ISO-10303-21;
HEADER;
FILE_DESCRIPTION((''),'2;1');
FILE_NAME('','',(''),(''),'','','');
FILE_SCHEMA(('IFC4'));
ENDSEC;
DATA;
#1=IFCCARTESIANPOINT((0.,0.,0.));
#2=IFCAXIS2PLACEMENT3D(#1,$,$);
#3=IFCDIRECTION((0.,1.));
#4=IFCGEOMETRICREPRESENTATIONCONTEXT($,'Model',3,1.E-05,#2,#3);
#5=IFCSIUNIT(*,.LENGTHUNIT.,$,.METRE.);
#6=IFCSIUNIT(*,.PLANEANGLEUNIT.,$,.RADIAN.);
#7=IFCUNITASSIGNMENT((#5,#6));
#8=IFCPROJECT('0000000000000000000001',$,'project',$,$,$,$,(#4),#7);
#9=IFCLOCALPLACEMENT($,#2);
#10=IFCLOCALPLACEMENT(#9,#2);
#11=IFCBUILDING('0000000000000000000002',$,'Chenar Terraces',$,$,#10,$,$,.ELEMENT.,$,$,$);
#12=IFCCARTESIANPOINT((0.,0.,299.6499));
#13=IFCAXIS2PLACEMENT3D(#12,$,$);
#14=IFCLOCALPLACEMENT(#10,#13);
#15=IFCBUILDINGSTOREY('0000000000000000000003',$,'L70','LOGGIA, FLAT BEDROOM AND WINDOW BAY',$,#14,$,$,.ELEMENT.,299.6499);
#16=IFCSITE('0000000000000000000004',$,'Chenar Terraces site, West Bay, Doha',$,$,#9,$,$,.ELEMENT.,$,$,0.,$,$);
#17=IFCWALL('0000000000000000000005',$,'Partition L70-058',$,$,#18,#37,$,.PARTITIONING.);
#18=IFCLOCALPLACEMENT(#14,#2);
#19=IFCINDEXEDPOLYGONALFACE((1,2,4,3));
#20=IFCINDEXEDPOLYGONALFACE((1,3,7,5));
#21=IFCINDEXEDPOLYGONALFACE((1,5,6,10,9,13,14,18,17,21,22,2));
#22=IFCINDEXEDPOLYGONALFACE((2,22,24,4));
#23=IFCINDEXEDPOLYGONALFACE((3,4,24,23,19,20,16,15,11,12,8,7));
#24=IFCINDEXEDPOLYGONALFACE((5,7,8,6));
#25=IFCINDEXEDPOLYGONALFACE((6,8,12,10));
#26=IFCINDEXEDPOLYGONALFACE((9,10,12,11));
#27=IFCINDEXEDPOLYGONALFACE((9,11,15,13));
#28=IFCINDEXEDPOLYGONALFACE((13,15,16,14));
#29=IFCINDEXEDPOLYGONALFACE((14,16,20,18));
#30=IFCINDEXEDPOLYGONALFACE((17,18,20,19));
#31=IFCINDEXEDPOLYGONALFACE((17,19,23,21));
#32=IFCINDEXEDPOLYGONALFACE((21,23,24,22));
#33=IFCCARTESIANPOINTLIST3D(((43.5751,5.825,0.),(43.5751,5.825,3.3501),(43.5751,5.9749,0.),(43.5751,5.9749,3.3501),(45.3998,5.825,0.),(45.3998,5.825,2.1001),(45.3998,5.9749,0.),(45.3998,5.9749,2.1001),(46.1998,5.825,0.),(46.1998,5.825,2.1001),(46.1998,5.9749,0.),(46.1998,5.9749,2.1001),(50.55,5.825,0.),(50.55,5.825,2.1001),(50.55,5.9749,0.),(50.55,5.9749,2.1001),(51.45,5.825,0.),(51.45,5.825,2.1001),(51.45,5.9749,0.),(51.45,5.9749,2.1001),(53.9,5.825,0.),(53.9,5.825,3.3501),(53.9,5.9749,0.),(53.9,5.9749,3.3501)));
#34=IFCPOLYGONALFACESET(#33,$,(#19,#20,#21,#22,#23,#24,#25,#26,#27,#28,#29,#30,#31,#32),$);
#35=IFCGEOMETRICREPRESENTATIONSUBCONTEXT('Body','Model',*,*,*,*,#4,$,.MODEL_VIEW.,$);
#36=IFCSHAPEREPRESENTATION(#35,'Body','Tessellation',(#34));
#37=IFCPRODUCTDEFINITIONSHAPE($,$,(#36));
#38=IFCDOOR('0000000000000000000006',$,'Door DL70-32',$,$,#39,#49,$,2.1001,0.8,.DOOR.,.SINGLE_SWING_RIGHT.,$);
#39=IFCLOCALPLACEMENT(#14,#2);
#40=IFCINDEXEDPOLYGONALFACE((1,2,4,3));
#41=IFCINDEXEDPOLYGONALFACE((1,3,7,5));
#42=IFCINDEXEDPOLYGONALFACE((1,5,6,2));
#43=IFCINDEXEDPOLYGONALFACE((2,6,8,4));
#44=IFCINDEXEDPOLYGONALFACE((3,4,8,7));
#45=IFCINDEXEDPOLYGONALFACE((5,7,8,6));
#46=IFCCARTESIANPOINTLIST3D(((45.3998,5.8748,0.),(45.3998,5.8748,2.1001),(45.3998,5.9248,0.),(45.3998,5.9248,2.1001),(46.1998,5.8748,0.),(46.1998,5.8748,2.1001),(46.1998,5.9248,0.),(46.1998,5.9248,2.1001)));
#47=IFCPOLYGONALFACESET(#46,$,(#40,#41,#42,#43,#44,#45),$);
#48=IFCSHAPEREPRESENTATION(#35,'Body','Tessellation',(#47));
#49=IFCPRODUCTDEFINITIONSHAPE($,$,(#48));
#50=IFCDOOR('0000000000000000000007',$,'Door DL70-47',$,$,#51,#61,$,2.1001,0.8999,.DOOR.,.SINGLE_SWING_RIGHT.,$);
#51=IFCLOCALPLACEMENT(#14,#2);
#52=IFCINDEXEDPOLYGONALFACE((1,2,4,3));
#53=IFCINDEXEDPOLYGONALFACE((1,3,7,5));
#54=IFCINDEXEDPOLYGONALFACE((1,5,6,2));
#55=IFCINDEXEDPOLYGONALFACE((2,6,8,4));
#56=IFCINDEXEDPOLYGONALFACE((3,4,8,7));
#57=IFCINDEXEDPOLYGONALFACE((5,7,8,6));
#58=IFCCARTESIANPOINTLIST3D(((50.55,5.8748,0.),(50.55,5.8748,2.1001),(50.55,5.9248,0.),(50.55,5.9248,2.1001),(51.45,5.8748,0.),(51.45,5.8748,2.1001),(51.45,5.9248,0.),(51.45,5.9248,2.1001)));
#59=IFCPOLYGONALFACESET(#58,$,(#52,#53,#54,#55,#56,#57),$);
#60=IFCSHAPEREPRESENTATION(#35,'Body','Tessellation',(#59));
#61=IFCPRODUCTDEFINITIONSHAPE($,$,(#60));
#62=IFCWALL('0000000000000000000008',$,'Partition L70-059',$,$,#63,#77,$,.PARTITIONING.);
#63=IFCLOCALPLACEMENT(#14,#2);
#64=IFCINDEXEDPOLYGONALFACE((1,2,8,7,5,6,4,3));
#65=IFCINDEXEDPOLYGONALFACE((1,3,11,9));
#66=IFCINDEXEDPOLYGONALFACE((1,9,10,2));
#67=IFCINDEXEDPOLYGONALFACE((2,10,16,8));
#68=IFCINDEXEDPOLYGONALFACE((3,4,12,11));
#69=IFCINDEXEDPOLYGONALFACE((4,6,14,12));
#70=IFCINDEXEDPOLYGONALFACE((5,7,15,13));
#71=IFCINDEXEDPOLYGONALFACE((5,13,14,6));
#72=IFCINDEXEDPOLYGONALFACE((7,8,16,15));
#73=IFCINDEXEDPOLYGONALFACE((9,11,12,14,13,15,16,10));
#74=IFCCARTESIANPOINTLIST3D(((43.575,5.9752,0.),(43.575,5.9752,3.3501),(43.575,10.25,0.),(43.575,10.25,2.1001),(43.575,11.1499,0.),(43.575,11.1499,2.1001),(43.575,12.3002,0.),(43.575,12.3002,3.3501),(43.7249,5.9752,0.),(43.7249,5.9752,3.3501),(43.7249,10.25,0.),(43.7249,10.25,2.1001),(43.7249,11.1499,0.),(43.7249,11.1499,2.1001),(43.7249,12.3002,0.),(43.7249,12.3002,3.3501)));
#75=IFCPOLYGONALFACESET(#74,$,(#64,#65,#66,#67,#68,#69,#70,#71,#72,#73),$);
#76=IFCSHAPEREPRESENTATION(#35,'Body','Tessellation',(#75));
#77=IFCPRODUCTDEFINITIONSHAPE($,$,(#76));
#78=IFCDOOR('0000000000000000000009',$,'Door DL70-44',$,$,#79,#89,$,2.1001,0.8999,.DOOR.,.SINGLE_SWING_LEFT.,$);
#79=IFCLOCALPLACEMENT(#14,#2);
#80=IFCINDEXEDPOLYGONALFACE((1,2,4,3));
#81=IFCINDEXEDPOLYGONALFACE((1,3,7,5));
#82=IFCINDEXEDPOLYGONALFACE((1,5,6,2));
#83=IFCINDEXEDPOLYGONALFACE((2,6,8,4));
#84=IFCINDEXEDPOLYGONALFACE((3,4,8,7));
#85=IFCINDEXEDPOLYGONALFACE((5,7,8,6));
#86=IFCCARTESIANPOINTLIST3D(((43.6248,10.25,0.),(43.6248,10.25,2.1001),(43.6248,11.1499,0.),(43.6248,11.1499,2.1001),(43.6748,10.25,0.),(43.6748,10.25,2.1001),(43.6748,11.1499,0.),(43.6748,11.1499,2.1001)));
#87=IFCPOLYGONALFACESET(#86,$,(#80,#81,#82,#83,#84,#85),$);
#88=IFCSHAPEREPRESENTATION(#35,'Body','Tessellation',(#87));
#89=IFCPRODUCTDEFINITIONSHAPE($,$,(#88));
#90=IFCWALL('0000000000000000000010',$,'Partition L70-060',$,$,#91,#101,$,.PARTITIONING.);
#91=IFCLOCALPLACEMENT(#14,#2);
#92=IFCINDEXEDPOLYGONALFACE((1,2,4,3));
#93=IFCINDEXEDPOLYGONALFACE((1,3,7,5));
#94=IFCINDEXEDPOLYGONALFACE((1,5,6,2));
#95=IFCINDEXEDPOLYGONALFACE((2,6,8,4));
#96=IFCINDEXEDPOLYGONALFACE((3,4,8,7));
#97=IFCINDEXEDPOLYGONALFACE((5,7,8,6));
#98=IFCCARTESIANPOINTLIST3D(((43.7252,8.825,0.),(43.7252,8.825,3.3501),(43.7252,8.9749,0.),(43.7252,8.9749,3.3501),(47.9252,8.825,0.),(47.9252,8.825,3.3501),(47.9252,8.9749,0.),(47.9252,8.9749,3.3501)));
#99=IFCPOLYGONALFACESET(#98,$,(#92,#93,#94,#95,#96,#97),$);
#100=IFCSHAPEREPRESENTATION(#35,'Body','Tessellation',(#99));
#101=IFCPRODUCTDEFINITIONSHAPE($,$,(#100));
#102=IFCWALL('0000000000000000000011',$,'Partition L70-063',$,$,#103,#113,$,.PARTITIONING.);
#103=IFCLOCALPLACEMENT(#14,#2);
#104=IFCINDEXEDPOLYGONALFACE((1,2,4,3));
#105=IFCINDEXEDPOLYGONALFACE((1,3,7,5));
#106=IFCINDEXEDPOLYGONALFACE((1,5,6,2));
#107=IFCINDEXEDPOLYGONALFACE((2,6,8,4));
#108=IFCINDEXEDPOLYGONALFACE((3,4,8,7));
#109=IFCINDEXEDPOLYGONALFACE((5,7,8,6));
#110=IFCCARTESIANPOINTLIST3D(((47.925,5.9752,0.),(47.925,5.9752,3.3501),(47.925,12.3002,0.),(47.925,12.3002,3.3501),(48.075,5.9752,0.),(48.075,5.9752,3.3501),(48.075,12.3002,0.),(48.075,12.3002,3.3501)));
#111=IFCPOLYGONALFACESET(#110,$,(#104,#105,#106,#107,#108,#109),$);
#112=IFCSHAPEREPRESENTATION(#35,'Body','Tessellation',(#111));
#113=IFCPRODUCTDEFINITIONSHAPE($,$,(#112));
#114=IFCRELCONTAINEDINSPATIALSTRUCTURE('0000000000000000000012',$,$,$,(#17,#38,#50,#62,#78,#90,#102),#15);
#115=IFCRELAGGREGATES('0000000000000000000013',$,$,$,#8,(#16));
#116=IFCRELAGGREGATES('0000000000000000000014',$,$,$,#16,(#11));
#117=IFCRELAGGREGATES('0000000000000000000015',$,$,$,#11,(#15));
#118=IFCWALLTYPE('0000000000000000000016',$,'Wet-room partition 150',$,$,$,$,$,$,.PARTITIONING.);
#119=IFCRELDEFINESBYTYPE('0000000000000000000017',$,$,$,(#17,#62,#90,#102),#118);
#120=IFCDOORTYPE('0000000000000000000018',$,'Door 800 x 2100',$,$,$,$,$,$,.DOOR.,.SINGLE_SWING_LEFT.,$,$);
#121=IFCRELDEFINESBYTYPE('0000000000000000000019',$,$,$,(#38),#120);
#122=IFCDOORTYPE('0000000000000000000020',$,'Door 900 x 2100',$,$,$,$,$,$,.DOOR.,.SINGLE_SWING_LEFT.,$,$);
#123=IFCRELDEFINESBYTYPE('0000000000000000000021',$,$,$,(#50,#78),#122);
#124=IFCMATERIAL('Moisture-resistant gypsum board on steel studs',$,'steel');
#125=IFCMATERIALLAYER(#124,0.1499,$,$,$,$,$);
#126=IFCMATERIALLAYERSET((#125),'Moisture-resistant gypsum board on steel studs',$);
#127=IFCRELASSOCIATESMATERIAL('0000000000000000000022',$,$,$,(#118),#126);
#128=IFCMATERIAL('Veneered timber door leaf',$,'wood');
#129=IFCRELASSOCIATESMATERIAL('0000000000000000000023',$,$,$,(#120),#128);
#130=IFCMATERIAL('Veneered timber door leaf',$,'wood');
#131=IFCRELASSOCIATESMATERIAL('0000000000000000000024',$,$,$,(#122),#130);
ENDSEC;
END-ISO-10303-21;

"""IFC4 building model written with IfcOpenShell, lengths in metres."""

from ifc_helpers import new_model, si_unit, direction, frame, frame_2d, origin, place, context, subcontext, project, spatial, rectangle, extrude, material, layer, layer_set, type_object, element, fill, save


model = new_model("IFC4")

# Units and contexts
model_context = context("Model", 3, precision=1e-05, world=origin(), true_north=direction((0.0, 1.0)))
body_context = subcontext(model_context, "Body", "Model", "MODEL_VIEW")
ifc_project = project(units=[si_unit("LENGTHUNIT", "METRE"), si_unit("PLANEANGLEUNIT", "RADIAN")], contexts=[model_context])

# Site, building, storey
site_placement = place(None, origin())
site = spatial("IfcSite", under=ifc_project, at=site_placement, Name="Chenar Terraces site, West Bay, Doha", CompositionType="ELEMENT", RefElevation=0.0)
building_placement = place(site_placement, origin())
building = spatial("IfcBuilding", under=site, at=building_placement, Name="Chenar Terraces", CompositionType="ELEMENT")
storey_placement = place(building_placement, frame((0.0, 0.0, 299.6499)))
storey = spatial("IfcBuildingStorey", under=building, at=storey_placement, Name="L70", Description="LOGGIA, FLAT BEDROOM AND WINDOW BAY", CompositionType="ELEMENT", Elevation=299.6499)

# Wall, openings, doors
ifc_material_1 = material(Name="Moisture-resistant gypsum board on steel studs", Category="steel")
ifc_layer_1 = layer(ifc_material_1, 0.1499)
ifc_layer_set_1 = layer_set([ifc_layer_1], Name="Moisture-resistant gypsum board on steel studs")
wall_type_1 = type_object("IfcWallType", Name="Wet-room partition 150", PredefinedType="PARTITIONING", material=ifc_layer_set_1)
wall_1_placement = place(storey_placement, frame((43.575, 5.8999, 0.0), z_axis=(0.0, 0.0, 1.0), x_axis=(1.0, 0.0, 0.0)))
wall_1 = element("IfcWall", 1, at=wall_1_placement, inside=storey, type_object=wall_type_1, Name="Partition L70-058", PredefinedType="PARTITIONING", context=body_context, shape_type="SweptSolid", body=[
    extrude(rectangle(XDim=10.325, YDim=0.1499, at=frame_2d((5.1626, 0.0))), origin(), (0.0, 0.0, 1.0), 3.3501),
])
opening_1_placement = place(wall_1_placement, frame((1.825, 0.0, 0.0)))
opening_1 = element("IfcOpeningElement", 2, at=opening_1_placement, cuts=wall_1, PredefinedType="OPENING", context=body_context, shape_type="SweptSolid", body=[
    extrude(rectangle(XDim=0.8, YDim=2.1001, at=frame_2d((0.3999, 1.05))), frame((0.0, 0.085, 0.0), z_axis=(0.0, -1.0, 0.0), x_axis=(1.0, 0.0, 0.0)), (0.0, 0.0, 1.0), 0.1699),
])
opening_2_placement = place(wall_1_placement, frame((6.9751, 0.0, 0.0)))
opening_2 = element("IfcOpeningElement", 3, at=opening_2_placement, cuts=wall_1, PredefinedType="OPENING", context=body_context, shape_type="SweptSolid", body=[
    extrude(rectangle(XDim=0.8999, YDim=2.1001, at=frame_2d((0.45, 1.05))), frame((0.0, 0.085, 0.0), z_axis=(0.0, -1.0, 0.0), x_axis=(1.0, 0.0, 0.0)), (0.0, 0.0, 1.0), 0.1699),
])
ifc_material_2 = material(Name="Veneered timber door leaf", Category="wood")
door_type_1 = type_object("IfcDoorType", Name="Door 800 x 2100", OperationType="SINGLE_SWING_LEFT", PredefinedType="DOOR", material=ifc_material_2)
door_1_placement = place(opening_1_placement, origin())
door_1 = element("IfcDoor", 4, at=door_1_placement, inside=storey, type_object=door_type_1, Name="Door DL70-32", OperationType="SINGLE_SWING_RIGHT", OverallHeight=2.1001, OverallWidth=0.8, PredefinedType="DOOR", context=body_context, shape_type="SweptSolid", body=[
    extrude(rectangle(XDim=0.8, YDim=2.1001, at=frame_2d((0.3999, 1.05))), frame((0.0, 0.0249, 0.0), z_axis=(0.0, -1.0, 0.0), x_axis=(1.0, 0.0, 0.0)), (0.0, 0.0, 1.0), 0.05),
])
fill(opening_1, door_1)
ifc_material_3 = material(Name="Veneered timber door leaf", Category="wood")
door_type_2 = type_object("IfcDoorType", Name="Door 900 x 2100", OperationType="SINGLE_SWING_LEFT", PredefinedType="DOOR", material=ifc_material_3)
door_2_placement = place(opening_2_placement, origin())
door_2 = element("IfcDoor", 5, at=door_2_placement, inside=storey, type_object=door_type_2, Name="Door DL70-47", OperationType="SINGLE_SWING_RIGHT", OverallHeight=2.1001, OverallWidth=0.8999, PredefinedType="DOOR", context=body_context, shape_type="SweptSolid", body=[
    extrude(rectangle(XDim=0.8999, YDim=2.1001, at=frame_2d((0.45, 1.05))), frame((0.0, 0.0249, 0.0), z_axis=(0.0, -1.0, 0.0), x_axis=(1.0, 0.0, 0.0)), (0.0, 0.0, 1.0), 0.05),
])
fill(opening_2, door_2)

# Wall, opening, door
wall_2_placement = place(storey_placement, frame((43.6499, 5.9751, 0.0), z_axis=(0.0, 0.0, 1.0), x_axis=(0.0, 1.0, 0.0)))
wall_2 = element("IfcWall", 6, at=wall_2_placement, inside=storey, type_object=wall_type_1, Name="Partition L70-059", PredefinedType="PARTITIONING", context=body_context, shape_type="SweptSolid", body=[
    extrude(rectangle(XDim=6.325, YDim=0.1499, at=frame_2d((3.1626, 0.0))), origin(), (0.0, 0.0, 1.0), 3.3501),
])
opening_3_placement = place(wall_2_placement, frame((4.2749, 0.0, 0.0)))
opening_3 = element("IfcOpeningElement", 7, at=opening_3_placement, cuts=wall_2, PredefinedType="OPENING", context=body_context, shape_type="SweptSolid", body=[
    extrude(rectangle(XDim=0.8999, YDim=2.1001, at=frame_2d((0.45, 1.05))), frame((0.0, 0.085, 0.0), z_axis=(0.0, -1.0, 0.0), x_axis=(1.0, 0.0, 0.0)), (0.0, 0.0, 1.0), 0.1699),
])
door_3_placement = place(opening_3_placement, frame((0.8999, 0.0, 0.0), z_axis=(0.0, 0.0, 1.0), x_axis=(-1.0, 0.0, 0.0)))
door_3 = element("IfcDoor", 8, at=door_3_placement, inside=storey, type_object=door_type_2, Name="Door DL70-44", OperationType="SINGLE_SWING_LEFT", OverallHeight=2.1001, OverallWidth=0.8999, PredefinedType="DOOR", context=body_context, shape_type="SweptSolid", body=[
    extrude(rectangle(XDim=0.8999, YDim=2.1001, at=frame_2d((0.45, 1.05))), frame((0.0, 0.0249, 0.0), z_axis=(0.0, -1.0, 0.0), x_axis=(1.0, 0.0, 0.0)), (0.0, 0.0, 1.0), 0.05),
])
fill(opening_3, door_3)

# Walls
wall_3_placement = place(storey_placement, frame((43.7251, 8.8999, 0.0), z_axis=(0.0, 0.0, 1.0), x_axis=(1.0, 0.0, 0.0)))
element("IfcWall", 9, at=wall_3_placement, inside=storey, type_object=wall_type_1, Name="Partition L70-060", PredefinedType="PARTITIONING", context=body_context, shape_type="SweptSolid", body=[
    extrude(rectangle(XDim=4.2, YDim=0.1499, at=frame_2d((2.1001, 0.0))), origin(), (0.0, 0.0, 1.0), 3.3501),
])
wall_4_placement = place(storey_placement, frame((48.0, 5.9751, 0.0), z_axis=(0.0, 0.0, 1.0), x_axis=(0.0, 1.0, 0.0)))
element("IfcWall", 10, at=wall_4_placement, inside=storey, type_object=wall_type_1, Name="Partition L70-063", PredefinedType="PARTITIONING", context=body_context, shape_type="SweptSolid", body=[
    extrude(rectangle(XDim=6.325, YDim=0.1499, at=frame_2d((3.1626, 0.0))), origin(), (0.0, 0.0, 1.0), 3.3501),
])

save(model, "model.ifc")
